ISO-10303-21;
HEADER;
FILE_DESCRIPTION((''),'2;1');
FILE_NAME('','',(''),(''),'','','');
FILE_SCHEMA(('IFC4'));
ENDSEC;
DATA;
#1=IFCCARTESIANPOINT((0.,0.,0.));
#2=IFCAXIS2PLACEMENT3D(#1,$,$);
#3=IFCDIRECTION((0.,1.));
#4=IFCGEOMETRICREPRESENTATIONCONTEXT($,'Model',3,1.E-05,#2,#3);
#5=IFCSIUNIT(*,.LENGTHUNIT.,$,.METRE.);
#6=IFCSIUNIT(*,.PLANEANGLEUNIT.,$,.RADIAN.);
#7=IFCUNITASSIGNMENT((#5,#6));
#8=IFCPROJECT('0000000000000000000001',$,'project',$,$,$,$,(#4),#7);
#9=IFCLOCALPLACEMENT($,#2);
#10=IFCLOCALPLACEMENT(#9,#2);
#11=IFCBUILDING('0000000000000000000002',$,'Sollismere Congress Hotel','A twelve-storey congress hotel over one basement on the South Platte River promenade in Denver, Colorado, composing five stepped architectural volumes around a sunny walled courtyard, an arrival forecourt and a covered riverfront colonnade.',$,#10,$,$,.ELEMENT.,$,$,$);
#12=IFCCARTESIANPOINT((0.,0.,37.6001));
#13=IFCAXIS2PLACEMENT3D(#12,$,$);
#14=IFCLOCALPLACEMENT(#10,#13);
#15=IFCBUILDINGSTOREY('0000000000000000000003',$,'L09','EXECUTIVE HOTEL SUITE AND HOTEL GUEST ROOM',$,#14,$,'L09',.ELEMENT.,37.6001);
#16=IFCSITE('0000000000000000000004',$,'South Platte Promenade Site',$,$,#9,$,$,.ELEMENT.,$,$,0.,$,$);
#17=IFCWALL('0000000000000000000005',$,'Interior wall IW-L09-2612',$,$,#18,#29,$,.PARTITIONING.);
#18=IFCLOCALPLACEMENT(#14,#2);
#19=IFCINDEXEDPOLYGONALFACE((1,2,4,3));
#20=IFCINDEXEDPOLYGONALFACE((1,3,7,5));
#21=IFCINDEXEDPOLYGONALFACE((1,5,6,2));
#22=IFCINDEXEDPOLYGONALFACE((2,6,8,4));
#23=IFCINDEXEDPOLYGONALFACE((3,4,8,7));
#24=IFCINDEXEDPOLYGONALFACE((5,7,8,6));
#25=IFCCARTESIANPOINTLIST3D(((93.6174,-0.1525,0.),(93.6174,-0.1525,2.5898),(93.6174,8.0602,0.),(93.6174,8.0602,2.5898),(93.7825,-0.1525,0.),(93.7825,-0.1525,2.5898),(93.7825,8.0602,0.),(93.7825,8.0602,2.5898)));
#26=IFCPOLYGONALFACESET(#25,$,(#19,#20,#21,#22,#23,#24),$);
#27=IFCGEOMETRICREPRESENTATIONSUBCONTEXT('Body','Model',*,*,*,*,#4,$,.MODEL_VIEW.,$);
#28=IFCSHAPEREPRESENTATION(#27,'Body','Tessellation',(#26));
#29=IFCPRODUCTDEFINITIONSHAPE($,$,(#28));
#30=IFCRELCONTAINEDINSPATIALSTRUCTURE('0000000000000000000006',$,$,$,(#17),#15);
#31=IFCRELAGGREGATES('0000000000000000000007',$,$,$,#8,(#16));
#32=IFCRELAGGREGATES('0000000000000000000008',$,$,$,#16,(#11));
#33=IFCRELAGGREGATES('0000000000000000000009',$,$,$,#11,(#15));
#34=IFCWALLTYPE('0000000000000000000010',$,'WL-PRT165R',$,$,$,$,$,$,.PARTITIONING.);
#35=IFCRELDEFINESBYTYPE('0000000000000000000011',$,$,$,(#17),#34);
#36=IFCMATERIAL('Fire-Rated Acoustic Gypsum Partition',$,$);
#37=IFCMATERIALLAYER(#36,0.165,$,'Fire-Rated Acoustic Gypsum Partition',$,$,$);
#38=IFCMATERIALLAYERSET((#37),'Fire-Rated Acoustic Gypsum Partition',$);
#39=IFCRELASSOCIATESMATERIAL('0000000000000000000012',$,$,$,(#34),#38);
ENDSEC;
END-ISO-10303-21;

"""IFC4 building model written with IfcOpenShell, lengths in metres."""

from ifc_helpers import new_model, si_unit, direction, frame, frame_2d, origin, place, context, subcontext, project, spatial, rectangle, extrude, material, layer, layer_set, type_object, element, save


model = new_model("IFC4")

# Units and contexts
model_context = context("Model", 3, precision=1e-05, world=origin(), true_north=direction((0.0, 1.0)))
body_context = subcontext(model_context, "Body", "Model", "MODEL_VIEW")
ifc_project = project(units=[si_unit("LENGTHUNIT", "METRE"), si_unit("PLANEANGLEUNIT", "RADIAN")], contexts=[model_context])

# Site, building, storey
site_placement = place(None, origin())
site = spatial("IfcSite", under=ifc_project, at=site_placement, Name="South Platte Promenade Site", CompositionType="ELEMENT", RefElevation=0.0)
building_placement = place(site_placement, origin())
building = spatial("IfcBuilding", under=site, at=building_placement, Name="Sollismere Congress Hotel", Description="A twelve-storey congress hotel over one basement on the South Platte River promenade in Denver, Colorado, composing five stepped architectural volumes around a sunny walled courtyard, an arrival forecourt and a covered riverfront colonnade.", CompositionType="ELEMENT")
storey_placement = place(building_placement, frame((0.0, 0.0, 37.6001)))
storey = spatial("IfcBuildingStorey", under=building, at=storey_placement, Name="L09", Description="EXECUTIVE HOTEL SUITE AND HOTEL GUEST ROOM", LongName="L09", CompositionType="ELEMENT", Elevation=37.6001)

# Wall
ifc_material_1 = material(Name="Fire-Rated Acoustic Gypsum Partition")
ifc_layer_1 = layer(ifc_material_1, 0.165, Name="Fire-Rated Acoustic Gypsum Partition")
ifc_layer_set_1 = layer_set([ifc_layer_1], Name="Fire-Rated Acoustic Gypsum Partition")
wall_type_1 = type_object("IfcWallType", Name="WL-PRT165R", PredefinedType="PARTITIONING", material=ifc_layer_set_1)
for number, where, z_axis, x_axis, name in (
    (1, (93.7, -0.1526, 0.0), (0.0, 0.0, 1.0), (0.0, 1.0, 0.0), "Interior wall IW-L09-2612"),
):
    element("IfcWall", number, at=place(storey_placement, frame(where, z_axis=z_axis, x_axis=x_axis)), inside=storey, type_object=wall_type_1, Name=name, PredefinedType="PARTITIONING", context=body_context, shape_type="SweptSolid", body=[
        extrude(rectangle(XDim=8.2126, YDim=0.165, at=frame_2d((4.1064, 0.0))), origin(), (0.0, 0.0, 1.0), 2.5898),
    ])

save(model, "model.ifc")
